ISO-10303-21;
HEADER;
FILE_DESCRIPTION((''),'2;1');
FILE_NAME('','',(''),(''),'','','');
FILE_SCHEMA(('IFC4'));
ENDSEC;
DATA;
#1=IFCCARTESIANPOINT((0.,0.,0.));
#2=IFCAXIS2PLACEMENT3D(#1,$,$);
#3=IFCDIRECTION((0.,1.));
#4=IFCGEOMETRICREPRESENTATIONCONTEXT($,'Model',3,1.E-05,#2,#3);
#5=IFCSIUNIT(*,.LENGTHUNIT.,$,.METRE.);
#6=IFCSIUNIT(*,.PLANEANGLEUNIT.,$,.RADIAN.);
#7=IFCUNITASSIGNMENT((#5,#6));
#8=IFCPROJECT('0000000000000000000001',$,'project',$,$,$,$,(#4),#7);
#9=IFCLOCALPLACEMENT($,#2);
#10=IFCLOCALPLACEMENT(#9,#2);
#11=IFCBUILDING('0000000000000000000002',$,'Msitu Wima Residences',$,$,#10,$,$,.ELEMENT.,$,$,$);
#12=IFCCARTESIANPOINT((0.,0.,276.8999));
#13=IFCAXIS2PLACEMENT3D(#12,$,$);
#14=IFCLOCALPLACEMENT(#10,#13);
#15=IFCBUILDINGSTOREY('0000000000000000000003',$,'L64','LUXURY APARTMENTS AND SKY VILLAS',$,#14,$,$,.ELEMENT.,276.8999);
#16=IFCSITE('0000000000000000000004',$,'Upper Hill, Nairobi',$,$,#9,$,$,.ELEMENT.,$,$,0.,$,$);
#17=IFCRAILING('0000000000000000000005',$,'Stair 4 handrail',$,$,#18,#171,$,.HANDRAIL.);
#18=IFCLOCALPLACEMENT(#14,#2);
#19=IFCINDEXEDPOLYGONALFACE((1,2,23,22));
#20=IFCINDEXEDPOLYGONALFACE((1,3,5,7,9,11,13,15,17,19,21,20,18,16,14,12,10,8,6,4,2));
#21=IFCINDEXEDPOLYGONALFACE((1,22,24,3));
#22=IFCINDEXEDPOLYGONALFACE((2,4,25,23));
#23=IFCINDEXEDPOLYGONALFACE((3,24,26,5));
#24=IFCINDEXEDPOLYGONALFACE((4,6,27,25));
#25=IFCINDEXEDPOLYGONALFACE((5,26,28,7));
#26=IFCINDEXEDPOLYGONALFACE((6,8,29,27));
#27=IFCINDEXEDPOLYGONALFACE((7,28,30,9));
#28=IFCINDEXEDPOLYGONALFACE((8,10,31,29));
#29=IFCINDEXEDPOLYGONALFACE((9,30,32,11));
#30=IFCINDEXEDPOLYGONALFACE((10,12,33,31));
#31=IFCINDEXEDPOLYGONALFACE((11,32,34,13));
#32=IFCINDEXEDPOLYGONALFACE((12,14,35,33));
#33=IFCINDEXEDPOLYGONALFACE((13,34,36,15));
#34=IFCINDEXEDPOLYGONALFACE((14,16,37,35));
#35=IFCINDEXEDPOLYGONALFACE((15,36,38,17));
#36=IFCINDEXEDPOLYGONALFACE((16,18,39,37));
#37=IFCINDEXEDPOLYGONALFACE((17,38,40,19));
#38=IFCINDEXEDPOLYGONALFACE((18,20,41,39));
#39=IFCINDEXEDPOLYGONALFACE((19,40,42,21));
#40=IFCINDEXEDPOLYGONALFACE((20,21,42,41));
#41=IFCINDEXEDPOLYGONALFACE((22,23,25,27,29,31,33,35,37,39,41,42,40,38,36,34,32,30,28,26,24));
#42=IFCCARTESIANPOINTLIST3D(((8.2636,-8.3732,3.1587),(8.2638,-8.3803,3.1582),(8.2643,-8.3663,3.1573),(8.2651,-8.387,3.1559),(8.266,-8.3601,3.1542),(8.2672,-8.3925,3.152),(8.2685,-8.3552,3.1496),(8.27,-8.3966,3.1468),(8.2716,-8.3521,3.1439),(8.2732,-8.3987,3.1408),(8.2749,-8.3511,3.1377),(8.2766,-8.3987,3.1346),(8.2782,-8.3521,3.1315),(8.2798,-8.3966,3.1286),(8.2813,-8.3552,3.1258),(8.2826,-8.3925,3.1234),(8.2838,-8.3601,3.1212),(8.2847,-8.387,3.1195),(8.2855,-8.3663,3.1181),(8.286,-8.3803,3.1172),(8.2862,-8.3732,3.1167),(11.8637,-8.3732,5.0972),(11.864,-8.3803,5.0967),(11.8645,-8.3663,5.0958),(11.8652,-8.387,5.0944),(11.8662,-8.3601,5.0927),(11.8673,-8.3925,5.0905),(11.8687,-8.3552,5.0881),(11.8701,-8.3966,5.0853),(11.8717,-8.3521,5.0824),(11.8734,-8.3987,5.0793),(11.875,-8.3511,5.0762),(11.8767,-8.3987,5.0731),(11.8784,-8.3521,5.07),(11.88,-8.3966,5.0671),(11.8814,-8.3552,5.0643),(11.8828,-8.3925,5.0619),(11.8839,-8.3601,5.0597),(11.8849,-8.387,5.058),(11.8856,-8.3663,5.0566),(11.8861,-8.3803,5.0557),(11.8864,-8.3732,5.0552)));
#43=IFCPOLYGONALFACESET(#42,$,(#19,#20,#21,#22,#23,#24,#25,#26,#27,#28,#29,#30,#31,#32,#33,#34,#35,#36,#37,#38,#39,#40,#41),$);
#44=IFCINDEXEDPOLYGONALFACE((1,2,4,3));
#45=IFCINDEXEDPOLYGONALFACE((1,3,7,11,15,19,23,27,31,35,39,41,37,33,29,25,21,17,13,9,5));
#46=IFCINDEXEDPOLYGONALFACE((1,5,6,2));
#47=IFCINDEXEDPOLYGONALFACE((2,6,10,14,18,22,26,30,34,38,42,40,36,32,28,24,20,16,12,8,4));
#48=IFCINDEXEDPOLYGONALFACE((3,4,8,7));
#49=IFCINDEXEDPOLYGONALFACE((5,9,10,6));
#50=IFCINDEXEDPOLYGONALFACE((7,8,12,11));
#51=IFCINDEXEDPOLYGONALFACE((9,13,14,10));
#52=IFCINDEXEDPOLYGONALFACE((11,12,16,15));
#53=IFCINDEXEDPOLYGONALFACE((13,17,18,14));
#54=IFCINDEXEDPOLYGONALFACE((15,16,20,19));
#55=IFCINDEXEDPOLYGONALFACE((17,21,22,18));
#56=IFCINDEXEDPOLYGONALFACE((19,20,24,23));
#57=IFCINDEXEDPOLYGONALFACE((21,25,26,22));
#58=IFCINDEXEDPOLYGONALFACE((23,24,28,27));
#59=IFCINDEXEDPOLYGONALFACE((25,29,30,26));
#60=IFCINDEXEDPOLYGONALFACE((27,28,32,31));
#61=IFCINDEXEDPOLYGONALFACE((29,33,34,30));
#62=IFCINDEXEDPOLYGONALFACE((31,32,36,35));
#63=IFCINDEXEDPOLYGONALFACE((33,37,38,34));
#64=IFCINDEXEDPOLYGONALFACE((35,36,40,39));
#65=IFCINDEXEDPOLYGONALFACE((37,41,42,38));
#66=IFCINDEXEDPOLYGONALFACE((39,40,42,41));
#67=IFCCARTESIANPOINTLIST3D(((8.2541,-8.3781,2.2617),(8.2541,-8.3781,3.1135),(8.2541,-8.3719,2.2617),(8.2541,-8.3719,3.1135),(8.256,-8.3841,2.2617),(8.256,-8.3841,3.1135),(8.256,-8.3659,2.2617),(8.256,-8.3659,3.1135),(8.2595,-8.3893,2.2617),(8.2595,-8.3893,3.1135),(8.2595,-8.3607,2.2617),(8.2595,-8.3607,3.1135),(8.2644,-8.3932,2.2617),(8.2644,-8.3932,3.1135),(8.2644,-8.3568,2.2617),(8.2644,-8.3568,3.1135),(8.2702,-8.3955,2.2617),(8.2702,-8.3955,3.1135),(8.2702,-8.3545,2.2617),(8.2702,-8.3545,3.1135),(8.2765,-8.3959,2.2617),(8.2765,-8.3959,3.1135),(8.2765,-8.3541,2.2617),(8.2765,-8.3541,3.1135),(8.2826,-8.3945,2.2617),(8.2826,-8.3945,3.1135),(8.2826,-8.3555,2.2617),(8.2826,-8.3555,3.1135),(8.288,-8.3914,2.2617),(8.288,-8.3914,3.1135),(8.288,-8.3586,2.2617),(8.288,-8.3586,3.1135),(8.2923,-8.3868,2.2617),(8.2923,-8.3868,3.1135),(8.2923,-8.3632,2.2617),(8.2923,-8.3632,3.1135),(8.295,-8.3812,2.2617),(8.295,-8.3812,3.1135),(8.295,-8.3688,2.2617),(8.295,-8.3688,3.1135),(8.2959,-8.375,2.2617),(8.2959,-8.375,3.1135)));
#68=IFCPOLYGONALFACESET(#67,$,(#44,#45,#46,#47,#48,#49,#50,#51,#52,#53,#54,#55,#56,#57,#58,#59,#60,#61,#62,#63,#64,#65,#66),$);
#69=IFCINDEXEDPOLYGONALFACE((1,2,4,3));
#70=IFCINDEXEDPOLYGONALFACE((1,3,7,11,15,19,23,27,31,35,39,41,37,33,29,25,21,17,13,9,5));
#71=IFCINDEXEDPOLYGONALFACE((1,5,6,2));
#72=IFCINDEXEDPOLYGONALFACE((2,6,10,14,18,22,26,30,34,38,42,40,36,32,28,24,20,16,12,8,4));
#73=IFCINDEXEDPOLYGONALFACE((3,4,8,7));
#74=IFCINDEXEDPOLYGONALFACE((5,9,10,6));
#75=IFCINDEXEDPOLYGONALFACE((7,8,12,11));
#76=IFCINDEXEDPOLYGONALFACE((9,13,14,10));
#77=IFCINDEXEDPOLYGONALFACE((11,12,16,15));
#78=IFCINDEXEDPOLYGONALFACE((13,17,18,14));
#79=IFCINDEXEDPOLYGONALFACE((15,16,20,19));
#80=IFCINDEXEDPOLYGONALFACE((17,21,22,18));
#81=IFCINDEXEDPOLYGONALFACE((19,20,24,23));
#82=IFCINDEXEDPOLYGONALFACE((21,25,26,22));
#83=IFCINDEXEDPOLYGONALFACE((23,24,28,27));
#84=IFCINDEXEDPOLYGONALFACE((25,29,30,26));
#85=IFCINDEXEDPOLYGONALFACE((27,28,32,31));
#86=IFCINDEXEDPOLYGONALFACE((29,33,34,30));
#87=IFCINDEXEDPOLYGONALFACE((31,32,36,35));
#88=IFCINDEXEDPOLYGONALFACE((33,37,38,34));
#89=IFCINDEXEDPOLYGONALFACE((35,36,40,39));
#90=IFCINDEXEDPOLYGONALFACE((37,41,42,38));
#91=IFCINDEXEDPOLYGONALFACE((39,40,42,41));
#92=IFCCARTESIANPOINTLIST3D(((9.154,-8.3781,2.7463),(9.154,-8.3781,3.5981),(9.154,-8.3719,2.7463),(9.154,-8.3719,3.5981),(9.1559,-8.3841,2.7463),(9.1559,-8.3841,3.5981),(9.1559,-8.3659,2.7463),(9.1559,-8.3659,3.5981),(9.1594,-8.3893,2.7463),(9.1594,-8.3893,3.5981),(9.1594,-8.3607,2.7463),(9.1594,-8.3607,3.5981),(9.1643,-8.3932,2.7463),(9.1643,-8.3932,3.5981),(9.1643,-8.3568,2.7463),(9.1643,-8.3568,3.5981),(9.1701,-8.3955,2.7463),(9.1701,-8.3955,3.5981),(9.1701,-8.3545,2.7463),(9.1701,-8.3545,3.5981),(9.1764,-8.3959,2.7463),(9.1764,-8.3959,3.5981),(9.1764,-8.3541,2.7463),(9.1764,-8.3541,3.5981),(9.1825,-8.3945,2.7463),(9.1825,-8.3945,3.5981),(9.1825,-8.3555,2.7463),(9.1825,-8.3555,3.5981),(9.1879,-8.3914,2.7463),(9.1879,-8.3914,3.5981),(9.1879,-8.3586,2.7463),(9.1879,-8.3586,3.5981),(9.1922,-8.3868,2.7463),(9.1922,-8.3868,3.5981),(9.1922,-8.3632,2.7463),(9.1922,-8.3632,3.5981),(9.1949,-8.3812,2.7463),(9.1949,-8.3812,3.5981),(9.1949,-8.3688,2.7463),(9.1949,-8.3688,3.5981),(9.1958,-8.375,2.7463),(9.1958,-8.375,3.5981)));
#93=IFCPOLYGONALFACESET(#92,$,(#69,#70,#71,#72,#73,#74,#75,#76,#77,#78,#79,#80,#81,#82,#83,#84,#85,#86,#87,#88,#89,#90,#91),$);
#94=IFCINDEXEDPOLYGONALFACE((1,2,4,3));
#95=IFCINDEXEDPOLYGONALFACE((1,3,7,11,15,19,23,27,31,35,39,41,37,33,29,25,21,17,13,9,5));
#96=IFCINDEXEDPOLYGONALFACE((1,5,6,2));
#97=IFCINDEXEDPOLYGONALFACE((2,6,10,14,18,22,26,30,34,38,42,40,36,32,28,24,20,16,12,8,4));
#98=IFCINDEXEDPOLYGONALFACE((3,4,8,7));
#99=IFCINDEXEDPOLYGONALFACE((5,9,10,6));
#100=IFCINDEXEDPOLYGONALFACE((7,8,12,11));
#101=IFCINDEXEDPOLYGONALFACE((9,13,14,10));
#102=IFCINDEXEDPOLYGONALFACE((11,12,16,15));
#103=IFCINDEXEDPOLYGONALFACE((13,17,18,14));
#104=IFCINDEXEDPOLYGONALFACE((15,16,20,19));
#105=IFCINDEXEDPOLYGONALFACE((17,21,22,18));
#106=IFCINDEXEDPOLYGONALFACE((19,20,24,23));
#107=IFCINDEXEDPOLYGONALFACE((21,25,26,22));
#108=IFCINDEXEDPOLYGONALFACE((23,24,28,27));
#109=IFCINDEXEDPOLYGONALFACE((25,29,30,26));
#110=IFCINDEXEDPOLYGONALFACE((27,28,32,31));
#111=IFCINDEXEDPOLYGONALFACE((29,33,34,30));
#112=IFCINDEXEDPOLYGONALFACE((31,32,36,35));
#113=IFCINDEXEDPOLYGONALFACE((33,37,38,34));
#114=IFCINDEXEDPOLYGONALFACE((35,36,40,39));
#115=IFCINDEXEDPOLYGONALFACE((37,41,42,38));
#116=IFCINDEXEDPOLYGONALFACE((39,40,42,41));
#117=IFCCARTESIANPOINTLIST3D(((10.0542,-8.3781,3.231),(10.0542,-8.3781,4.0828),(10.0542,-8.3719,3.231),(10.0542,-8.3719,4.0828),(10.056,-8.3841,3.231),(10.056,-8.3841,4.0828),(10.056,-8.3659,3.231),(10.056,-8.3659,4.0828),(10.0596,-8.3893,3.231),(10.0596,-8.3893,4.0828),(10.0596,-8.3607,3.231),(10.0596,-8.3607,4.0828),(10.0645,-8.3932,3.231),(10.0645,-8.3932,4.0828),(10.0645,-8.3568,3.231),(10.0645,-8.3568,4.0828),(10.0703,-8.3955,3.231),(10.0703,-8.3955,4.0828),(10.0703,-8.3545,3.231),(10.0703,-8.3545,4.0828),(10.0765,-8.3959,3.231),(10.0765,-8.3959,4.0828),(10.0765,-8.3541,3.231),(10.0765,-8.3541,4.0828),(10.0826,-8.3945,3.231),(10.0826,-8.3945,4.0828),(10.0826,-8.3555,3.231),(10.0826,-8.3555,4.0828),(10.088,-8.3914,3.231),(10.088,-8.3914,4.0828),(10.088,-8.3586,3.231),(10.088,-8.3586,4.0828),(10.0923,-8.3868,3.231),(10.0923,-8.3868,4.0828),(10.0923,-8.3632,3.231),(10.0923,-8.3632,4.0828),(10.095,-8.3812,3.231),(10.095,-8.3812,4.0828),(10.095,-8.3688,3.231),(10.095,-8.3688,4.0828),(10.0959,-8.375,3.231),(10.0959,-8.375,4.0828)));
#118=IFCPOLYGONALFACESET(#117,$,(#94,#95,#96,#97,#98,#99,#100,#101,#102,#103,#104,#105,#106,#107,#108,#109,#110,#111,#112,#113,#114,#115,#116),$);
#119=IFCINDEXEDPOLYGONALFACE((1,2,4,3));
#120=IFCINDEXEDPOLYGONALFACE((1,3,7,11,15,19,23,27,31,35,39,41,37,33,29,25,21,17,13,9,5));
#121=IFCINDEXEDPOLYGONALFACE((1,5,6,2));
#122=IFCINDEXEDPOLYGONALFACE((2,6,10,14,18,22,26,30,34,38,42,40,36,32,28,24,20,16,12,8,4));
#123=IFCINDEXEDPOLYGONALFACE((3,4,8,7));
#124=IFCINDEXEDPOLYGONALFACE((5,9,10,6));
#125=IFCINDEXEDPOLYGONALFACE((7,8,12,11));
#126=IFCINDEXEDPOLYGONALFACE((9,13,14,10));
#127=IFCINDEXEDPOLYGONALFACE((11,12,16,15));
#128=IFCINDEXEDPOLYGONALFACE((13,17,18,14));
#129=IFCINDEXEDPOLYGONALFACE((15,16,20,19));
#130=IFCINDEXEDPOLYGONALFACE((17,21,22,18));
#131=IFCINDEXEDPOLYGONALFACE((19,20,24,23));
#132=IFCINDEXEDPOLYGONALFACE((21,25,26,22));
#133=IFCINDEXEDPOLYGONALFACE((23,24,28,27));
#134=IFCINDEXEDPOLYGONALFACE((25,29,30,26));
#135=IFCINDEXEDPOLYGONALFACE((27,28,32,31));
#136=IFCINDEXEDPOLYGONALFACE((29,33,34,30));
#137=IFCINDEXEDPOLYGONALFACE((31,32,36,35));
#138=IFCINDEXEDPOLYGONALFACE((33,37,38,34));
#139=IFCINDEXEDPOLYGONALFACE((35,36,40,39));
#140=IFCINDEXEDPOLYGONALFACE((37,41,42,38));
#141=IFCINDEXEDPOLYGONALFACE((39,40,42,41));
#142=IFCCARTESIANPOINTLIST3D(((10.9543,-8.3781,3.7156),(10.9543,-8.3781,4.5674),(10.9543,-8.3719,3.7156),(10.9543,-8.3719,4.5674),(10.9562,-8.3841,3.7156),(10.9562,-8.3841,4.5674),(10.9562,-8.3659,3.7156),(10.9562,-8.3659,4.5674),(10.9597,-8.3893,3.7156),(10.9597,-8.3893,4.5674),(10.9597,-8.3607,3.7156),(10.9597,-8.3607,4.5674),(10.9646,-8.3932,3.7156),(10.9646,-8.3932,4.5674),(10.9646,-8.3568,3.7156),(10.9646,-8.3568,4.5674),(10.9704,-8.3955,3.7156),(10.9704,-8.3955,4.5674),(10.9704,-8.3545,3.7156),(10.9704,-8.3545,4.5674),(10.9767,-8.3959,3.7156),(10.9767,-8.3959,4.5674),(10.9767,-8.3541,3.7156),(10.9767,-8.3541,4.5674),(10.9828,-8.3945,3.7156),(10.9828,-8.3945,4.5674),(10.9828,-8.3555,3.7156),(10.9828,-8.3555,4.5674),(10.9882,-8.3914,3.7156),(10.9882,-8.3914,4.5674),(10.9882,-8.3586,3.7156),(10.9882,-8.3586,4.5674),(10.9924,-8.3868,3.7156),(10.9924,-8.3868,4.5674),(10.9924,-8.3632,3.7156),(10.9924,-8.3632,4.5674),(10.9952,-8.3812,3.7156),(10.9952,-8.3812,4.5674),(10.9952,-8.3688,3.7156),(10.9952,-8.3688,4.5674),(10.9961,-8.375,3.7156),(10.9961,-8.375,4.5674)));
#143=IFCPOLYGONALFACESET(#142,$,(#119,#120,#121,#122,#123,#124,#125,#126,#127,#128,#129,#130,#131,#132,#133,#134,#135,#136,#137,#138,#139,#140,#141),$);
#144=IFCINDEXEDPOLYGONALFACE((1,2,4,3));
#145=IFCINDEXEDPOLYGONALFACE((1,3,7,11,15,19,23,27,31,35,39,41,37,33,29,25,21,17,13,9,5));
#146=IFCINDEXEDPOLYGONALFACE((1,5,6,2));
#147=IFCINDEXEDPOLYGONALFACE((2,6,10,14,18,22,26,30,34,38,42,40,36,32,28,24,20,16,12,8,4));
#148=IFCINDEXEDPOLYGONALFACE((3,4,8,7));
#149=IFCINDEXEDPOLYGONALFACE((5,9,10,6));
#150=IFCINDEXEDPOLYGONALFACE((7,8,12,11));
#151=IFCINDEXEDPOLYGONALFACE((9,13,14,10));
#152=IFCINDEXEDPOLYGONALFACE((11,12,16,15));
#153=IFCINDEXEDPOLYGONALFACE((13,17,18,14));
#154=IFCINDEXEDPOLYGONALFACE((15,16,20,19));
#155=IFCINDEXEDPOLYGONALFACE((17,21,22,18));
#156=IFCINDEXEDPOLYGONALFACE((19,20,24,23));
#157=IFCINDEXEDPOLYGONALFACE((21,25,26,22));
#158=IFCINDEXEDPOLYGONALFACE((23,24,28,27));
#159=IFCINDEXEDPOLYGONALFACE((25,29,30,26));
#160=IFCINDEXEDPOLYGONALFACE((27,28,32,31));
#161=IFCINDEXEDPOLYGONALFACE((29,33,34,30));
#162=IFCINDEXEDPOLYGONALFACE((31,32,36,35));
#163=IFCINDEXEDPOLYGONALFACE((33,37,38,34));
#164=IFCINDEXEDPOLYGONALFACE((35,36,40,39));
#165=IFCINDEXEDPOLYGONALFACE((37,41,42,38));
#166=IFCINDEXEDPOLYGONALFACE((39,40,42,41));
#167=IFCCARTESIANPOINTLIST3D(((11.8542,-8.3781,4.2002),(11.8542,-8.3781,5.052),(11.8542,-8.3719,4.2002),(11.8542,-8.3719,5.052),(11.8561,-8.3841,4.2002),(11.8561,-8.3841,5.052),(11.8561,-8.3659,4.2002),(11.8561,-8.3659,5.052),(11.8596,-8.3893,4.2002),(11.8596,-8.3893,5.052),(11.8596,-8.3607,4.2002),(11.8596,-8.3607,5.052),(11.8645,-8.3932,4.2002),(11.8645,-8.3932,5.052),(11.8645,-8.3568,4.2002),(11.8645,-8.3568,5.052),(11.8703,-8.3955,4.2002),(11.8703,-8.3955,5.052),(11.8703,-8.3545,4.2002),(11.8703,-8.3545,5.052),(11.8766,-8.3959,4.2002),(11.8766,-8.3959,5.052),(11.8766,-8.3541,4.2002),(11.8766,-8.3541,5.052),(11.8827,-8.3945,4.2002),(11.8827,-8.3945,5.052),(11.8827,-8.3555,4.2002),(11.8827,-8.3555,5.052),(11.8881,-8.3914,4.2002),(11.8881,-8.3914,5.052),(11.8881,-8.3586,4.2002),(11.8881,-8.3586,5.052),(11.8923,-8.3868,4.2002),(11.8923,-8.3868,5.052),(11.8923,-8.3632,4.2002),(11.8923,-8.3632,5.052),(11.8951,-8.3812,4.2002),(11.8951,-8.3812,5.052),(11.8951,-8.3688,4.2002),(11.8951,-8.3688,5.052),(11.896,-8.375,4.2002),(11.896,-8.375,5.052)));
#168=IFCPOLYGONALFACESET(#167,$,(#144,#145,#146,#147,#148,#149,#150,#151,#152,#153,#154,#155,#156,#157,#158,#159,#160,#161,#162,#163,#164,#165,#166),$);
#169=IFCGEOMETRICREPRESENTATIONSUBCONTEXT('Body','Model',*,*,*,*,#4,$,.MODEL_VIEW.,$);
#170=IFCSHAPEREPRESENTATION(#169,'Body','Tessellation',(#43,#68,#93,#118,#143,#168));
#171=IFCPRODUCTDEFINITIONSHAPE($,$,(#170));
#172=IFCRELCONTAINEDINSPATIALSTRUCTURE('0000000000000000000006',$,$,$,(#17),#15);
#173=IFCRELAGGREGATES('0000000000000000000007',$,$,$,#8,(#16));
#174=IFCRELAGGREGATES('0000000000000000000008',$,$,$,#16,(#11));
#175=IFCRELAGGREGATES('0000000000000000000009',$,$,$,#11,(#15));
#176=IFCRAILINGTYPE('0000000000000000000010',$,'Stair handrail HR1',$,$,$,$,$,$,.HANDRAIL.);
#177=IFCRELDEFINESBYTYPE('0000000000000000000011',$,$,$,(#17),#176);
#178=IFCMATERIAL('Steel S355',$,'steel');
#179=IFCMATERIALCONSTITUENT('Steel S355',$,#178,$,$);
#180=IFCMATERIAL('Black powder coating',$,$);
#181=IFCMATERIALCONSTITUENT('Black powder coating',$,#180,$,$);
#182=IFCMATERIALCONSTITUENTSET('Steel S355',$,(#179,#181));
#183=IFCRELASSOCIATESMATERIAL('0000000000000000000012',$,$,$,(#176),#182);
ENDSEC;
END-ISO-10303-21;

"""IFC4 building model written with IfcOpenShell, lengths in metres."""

from ifc_helpers import new_model, si_unit, direction, frame, origin, origin_2d, place, context, subcontext, project, spatial, circle, extrude, material, constituent, constituent_set, type_object, element, save


model = new_model("IFC4")

# Units and contexts
model_context = context("Model", 3, precision=1e-05, world=origin(), true_north=direction((0.0, 1.0)))
body_context = subcontext(model_context, "Body", "Model", "MODEL_VIEW")
ifc_project = project(units=[si_unit("LENGTHUNIT", "METRE"), si_unit("PLANEANGLEUNIT", "RADIAN")], contexts=[model_context])

# Site, building, storey
site_placement = place(None, origin())
site = spatial("IfcSite", under=ifc_project, at=site_placement, Name="Upper Hill, Nairobi", CompositionType="ELEMENT", RefElevation=0.0)
building_placement = place(site_placement, origin())
building = spatial("IfcBuilding", under=site, at=building_placement, Name="Msitu Wima Residences", CompositionType="ELEMENT")
storey_placement = place(building_placement, frame((0.0, 0.0, 276.8999)))
storey = spatial("IfcBuildingStorey", under=building, at=storey_placement, Name="L64", Description="LUXURY APARTMENTS AND SKY VILLAS", CompositionType="ELEMENT", Elevation=276.8999)

# Railing
ifc_material_1 = material(Name="Steel S355", Category="steel")
ifc_constituent_1 = constituent(ifc_material_1, Name="Steel S355")
ifc_material_2 = material(Name="Black powder coating")
ifc_constituent_2 = constituent(ifc_material_2, Name="Black powder coating")
ifc_constituent_set = constituent_set(constituents=[ifc_constituent_1, ifc_constituent_2], Name="Steel S355")
railing_type = type_object("IfcRailingType", Name="Stair handrail HR1", PredefinedType="HANDRAIL", material=ifc_constituent_set)
for number, where, name in (
    (1, (8.2749, -8.375, 2.2617), "Stair 4 handrail"),
):
    element("IfcRailing", number, at=place(storey_placement, frame(where)), inside=storey, type_object=railing_type, Name=name, PredefinedType="HANDRAIL", context=body_context, shape_type="SweptSolid", body=[
        extrude(circle(Radius=0.0239, at=origin_2d()), frame((0.0, 0.0, 0.876), z_axis=(0.880475, 0.0, 0.474093), x_axis=(0.0, 1.0, 0.0)), (0.0, 0.0, 1.0), 4.0889),
        extrude(circle(Radius=0.021, at=origin_2d()), origin(), (0.0, 0.0, 1.0), 0.8518),
        extrude(circle(Radius=0.021, at=origin_2d()), frame((0.8999, 0.0, 0.4846)), (0.0, 0.0, 1.0), 0.8518),
        extrude(circle(Radius=0.021, at=origin_2d()), frame((1.8, 0.0, 0.9692)), (0.0, 0.0, 1.0), 0.8518),
        extrude(circle(Radius=0.021, at=origin_2d()), frame((2.7002, 0.0, 1.4539)), (0.0, 0.0, 1.0), 0.8518),
        extrude(circle(Radius=0.021, at=origin_2d()), frame((3.6001, 0.0, 1.9385)), (0.0, 0.0, 1.0), 0.8518),
    ])

save(model, "model.ifc")
